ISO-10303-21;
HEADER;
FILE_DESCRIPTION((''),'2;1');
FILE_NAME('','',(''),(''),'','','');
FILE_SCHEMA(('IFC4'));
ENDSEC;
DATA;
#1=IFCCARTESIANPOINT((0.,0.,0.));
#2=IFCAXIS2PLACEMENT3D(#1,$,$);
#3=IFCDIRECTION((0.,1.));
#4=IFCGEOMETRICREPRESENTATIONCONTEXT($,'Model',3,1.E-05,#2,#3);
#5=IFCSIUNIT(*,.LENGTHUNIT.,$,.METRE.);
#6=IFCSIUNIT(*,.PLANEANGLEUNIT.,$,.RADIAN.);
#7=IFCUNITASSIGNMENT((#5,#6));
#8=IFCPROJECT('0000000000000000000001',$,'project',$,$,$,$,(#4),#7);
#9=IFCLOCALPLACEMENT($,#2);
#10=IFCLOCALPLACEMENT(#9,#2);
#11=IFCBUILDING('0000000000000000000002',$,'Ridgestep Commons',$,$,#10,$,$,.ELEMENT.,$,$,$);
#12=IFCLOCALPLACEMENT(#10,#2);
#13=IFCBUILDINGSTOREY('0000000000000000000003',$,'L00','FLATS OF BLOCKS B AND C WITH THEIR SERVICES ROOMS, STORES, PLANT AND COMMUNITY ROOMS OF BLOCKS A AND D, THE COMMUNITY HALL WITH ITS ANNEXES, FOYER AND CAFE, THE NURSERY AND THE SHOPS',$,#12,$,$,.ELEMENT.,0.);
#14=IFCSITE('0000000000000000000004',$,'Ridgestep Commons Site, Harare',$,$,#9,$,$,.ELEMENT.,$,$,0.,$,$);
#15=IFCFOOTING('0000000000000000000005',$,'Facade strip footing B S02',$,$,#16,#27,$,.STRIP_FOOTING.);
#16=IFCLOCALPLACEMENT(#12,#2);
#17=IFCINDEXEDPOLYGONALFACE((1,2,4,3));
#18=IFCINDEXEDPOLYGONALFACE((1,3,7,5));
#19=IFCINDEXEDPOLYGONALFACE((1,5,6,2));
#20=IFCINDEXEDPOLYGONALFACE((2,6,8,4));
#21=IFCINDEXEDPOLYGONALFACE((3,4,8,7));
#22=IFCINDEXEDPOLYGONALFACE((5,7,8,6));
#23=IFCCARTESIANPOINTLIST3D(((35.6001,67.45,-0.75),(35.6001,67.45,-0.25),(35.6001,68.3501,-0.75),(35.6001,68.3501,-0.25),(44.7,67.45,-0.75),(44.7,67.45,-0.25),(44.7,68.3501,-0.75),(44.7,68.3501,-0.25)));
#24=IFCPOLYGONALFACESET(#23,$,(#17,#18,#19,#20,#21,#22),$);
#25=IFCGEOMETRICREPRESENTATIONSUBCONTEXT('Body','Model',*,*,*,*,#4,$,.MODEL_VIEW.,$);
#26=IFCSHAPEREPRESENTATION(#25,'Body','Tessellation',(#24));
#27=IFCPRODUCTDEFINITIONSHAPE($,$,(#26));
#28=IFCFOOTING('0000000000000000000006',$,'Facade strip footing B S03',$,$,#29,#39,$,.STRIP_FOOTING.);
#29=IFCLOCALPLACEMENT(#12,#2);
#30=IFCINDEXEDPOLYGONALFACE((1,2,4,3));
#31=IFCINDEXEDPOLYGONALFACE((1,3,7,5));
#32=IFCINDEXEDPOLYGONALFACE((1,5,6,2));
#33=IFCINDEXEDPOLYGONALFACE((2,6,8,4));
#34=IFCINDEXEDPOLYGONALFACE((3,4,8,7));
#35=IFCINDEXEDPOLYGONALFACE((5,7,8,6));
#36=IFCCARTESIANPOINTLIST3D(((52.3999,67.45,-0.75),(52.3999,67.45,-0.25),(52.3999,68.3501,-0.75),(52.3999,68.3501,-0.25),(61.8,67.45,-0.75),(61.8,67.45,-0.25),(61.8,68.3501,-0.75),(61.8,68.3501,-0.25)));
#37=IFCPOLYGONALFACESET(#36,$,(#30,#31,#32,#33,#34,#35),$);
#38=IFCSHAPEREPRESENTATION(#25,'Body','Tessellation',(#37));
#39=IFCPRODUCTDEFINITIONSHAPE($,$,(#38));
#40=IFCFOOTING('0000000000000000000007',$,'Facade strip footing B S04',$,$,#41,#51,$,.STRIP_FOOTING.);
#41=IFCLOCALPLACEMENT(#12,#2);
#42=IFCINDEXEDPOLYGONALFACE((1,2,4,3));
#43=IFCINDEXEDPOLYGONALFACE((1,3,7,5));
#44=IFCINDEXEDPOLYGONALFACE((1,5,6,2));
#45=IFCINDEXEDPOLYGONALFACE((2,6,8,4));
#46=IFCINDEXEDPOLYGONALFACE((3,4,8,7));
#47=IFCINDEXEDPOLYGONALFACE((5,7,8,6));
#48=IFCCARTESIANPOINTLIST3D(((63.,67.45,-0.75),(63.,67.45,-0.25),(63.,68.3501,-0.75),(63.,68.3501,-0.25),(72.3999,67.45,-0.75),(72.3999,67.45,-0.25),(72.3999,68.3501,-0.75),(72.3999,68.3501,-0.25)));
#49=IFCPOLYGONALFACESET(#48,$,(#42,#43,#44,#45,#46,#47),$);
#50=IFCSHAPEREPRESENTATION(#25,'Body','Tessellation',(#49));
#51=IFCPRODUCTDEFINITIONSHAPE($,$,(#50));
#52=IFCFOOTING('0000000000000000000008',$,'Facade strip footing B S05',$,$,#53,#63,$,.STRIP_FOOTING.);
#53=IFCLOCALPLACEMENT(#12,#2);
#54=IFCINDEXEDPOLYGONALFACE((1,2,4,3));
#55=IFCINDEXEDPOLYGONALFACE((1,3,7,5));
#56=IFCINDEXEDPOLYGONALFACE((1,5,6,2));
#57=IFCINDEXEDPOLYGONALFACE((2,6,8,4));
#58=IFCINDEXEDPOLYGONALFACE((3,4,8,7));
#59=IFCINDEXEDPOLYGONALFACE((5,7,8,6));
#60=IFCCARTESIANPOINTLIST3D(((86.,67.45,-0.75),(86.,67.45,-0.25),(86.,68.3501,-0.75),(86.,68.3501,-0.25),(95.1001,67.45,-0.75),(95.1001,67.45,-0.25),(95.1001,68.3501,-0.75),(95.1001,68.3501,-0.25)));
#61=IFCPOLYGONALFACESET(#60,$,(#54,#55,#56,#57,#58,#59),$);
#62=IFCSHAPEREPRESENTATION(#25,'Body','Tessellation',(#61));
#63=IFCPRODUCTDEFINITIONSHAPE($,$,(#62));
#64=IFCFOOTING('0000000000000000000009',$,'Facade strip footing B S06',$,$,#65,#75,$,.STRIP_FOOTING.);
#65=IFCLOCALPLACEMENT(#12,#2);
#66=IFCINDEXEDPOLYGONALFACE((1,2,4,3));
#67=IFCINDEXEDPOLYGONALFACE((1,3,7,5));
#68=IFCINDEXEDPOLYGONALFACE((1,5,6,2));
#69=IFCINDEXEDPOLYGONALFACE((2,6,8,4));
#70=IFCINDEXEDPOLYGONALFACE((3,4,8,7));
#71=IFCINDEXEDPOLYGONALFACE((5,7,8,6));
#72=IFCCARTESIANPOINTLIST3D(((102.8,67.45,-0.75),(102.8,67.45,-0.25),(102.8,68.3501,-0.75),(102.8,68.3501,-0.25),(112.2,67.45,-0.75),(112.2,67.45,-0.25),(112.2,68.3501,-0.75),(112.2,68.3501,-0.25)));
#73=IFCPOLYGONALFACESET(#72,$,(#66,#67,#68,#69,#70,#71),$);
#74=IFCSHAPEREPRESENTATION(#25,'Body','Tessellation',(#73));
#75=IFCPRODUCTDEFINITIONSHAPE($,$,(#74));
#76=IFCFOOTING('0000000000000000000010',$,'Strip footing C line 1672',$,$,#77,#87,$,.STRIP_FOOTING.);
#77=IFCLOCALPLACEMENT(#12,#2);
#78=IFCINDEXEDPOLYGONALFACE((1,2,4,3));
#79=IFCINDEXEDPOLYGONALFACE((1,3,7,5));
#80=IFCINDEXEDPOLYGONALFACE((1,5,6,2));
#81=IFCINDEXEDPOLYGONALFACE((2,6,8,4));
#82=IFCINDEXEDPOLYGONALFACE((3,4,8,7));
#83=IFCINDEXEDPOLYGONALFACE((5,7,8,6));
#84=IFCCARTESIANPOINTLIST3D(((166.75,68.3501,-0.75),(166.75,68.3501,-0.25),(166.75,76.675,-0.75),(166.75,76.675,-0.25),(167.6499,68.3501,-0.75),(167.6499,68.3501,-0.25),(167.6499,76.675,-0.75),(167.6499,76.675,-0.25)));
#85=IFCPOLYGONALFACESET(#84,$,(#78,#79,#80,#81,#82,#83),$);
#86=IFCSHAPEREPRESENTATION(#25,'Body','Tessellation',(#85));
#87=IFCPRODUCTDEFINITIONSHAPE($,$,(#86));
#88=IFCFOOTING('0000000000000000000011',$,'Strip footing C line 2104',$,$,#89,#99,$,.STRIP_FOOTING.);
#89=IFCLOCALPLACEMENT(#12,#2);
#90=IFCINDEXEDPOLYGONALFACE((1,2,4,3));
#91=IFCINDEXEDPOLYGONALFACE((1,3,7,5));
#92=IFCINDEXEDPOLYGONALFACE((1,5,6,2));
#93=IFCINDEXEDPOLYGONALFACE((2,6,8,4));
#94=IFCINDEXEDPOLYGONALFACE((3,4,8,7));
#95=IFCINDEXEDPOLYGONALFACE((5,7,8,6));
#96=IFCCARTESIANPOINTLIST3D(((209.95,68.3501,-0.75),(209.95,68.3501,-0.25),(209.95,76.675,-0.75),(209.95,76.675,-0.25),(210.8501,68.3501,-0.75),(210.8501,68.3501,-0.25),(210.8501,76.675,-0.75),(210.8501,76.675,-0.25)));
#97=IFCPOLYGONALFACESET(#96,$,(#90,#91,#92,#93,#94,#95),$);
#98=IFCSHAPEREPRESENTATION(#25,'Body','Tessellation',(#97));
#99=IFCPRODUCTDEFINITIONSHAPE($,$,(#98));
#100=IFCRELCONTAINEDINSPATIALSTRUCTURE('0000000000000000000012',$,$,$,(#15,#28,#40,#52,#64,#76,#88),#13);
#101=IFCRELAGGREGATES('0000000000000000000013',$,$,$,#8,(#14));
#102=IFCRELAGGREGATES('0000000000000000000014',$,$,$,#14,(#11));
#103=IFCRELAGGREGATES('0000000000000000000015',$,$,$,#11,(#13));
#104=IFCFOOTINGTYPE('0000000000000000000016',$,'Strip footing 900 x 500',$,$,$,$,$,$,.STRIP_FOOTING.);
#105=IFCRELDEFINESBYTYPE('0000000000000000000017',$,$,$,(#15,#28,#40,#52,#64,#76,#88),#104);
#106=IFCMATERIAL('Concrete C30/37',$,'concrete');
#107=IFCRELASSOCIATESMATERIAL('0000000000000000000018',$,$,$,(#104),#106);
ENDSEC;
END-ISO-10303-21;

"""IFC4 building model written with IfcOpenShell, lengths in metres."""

from ifc_helpers import new_model, si_unit, direction, frame, origin, place, context, subcontext, project, spatial, polyline, outline, extrude, material, type_object, element, save


model = new_model("IFC4")

# Units and contexts
model_context = context("Model", 3, precision=1e-05, world=origin(), true_north=direction((0.0, 1.0)))
body_context = subcontext(model_context, "Body", "Model", "MODEL_VIEW")
ifc_project = project(units=[si_unit("LENGTHUNIT", "METRE"), si_unit("PLANEANGLEUNIT", "RADIAN")], contexts=[model_context])

# Site, building, storey
site_placement = place(None, origin())
site = spatial("IfcSite", under=ifc_project, at=site_placement, Name="Ridgestep Commons Site, Harare", CompositionType="ELEMENT", RefElevation=0.0)
building_placement = place(site_placement, origin())
building = spatial("IfcBuilding", under=site, at=building_placement, Name="Ridgestep Commons", CompositionType="ELEMENT")
storey_placement = place(building_placement, origin())
storey = spatial("IfcBuildingStorey", under=building, at=storey_placement, Name="L00", Description="FLATS OF BLOCKS B AND C WITH THEIR SERVICES ROOMS, STORES, PLANT AND COMMUNITY ROOMS OF BLOCKS A AND D, THE COMMUNITY HALL WITH ITS ANNEXES, FOYER AND CAFE, THE NURSERY AND THE SHOPS", CompositionType="ELEMENT", Elevation=0.0)

# Footings
ifc_material_1 = material(Name="Concrete C30/37", Category="concrete")
footing_type_1 = type_object("IfcFootingType", Name="Strip footing 900 x 500", PredefinedType="STRIP_FOOTING", material=ifc_material_1)
footing_1_placement = place(storey_placement, frame((0.0, 0.0, -0.75)))
element("IfcFooting", 1, at=footing_1_placement, inside=storey, type_object=footing_type_1, Name="Facade strip footing B S02", PredefinedType="STRIP_FOOTING", context=body_context, shape_type="SweptSolid", body=[
    extrude(outline(polyline([(44.7, 67.45), (44.7, 68.3501), (35.6001, 68.3501), (35.6001, 67.45), (44.7, 67.45)])), origin(), (0.0, 0.0, 1.0), 0.5),
])
footing_2_placement = place(storey_placement, frame((0.0, 0.0, -0.75)))
element("IfcFooting", 2, at=footing_2_placement, inside=storey, type_object=footing_type_1, Name="Facade strip footing B S03", PredefinedType="STRIP_FOOTING", context=body_context, shape_type="SweptSolid", body=[
    extrude(outline(polyline([(61.8, 67.45), (61.8, 68.3501), (52.3999, 68.3501), (52.3999, 67.45), (61.8, 67.45)])), origin(), (0.0, 0.0, 1.0), 0.5),
])
footing_3_placement = place(storey_placement, frame((0.0, 0.0, -0.75)))
element("IfcFooting", 3, at=footing_3_placement, inside=storey, type_object=footing_type_1, Name="Facade strip footing B S04", PredefinedType="STRIP_FOOTING", context=body_context, shape_type="SweptSolid", body=[
    extrude(outline(polyline([(72.3999, 67.45), (72.3999, 68.3501), (63.0, 68.3501), (63.0, 67.45), (72.3999, 67.45)])), origin(), (0.0, 0.0, 1.0), 0.5),
])
footing_4_placement = place(storey_placement, frame((0.0, 0.0, -0.75)))
element("IfcFooting", 4, at=footing_4_placement, inside=storey, type_object=footing_type_1, Name="Facade strip footing B S05", PredefinedType="STRIP_FOOTING", context=body_context, shape_type="SweptSolid", body=[
    extrude(outline(polyline([(95.1001, 67.45), (95.1001, 68.3501), (86.0, 68.3501), (86.0, 67.45), (95.1001, 67.45)])), origin(), (0.0, 0.0, 1.0), 0.5),
])
footing_5_placement = place(storey_placement, frame((0.0, 0.0, -0.75)))
element("IfcFooting", 5, at=footing_5_placement, inside=storey, type_object=footing_type_1, Name="Facade strip footing B S06", PredefinedType="STRIP_FOOTING", context=body_context, shape_type="SweptSolid", body=[
    extrude(outline(polyline([(112.2, 67.45), (112.2, 68.3501), (102.8, 68.3501), (102.8, 67.45), (112.2, 67.45)])), origin(), (0.0, 0.0, 1.0), 0.5),
])
footing_6_placement = place(storey_placement, frame((0.0, 0.0, -0.75)))
element("IfcFooting", 6, at=footing_6_placement, inside=storey, type_object=footing_type_1, Name="Strip footing C line 1672", PredefinedType="STRIP_FOOTING", context=body_context, shape_type="SweptSolid", body=[
    extrude(outline(polyline([(167.6499, 68.3501), (167.6499, 76.675), (166.75, 76.675), (166.75, 68.3501), (167.6499, 68.3501)])), origin(), (0.0, 0.0, 1.0), 0.5),
])
footing_7_placement = place(storey_placement, frame((0.0, 0.0, -0.75)))
element("IfcFooting", 7, at=footing_7_placement, inside=storey, type_object=footing_type_1, Name="Strip footing C line 2104", PredefinedType="STRIP_FOOTING", context=body_context, shape_type="SweptSolid", body=[
    extrude(outline(polyline([(210.8501, 68.3501), (210.8501, 76.675), (209.95, 76.675), (209.95, 68.3501), (210.8501, 68.3501)])), origin(), (0.0, 0.0, 1.0), 0.5),
])

save(model, "model.ifc")
